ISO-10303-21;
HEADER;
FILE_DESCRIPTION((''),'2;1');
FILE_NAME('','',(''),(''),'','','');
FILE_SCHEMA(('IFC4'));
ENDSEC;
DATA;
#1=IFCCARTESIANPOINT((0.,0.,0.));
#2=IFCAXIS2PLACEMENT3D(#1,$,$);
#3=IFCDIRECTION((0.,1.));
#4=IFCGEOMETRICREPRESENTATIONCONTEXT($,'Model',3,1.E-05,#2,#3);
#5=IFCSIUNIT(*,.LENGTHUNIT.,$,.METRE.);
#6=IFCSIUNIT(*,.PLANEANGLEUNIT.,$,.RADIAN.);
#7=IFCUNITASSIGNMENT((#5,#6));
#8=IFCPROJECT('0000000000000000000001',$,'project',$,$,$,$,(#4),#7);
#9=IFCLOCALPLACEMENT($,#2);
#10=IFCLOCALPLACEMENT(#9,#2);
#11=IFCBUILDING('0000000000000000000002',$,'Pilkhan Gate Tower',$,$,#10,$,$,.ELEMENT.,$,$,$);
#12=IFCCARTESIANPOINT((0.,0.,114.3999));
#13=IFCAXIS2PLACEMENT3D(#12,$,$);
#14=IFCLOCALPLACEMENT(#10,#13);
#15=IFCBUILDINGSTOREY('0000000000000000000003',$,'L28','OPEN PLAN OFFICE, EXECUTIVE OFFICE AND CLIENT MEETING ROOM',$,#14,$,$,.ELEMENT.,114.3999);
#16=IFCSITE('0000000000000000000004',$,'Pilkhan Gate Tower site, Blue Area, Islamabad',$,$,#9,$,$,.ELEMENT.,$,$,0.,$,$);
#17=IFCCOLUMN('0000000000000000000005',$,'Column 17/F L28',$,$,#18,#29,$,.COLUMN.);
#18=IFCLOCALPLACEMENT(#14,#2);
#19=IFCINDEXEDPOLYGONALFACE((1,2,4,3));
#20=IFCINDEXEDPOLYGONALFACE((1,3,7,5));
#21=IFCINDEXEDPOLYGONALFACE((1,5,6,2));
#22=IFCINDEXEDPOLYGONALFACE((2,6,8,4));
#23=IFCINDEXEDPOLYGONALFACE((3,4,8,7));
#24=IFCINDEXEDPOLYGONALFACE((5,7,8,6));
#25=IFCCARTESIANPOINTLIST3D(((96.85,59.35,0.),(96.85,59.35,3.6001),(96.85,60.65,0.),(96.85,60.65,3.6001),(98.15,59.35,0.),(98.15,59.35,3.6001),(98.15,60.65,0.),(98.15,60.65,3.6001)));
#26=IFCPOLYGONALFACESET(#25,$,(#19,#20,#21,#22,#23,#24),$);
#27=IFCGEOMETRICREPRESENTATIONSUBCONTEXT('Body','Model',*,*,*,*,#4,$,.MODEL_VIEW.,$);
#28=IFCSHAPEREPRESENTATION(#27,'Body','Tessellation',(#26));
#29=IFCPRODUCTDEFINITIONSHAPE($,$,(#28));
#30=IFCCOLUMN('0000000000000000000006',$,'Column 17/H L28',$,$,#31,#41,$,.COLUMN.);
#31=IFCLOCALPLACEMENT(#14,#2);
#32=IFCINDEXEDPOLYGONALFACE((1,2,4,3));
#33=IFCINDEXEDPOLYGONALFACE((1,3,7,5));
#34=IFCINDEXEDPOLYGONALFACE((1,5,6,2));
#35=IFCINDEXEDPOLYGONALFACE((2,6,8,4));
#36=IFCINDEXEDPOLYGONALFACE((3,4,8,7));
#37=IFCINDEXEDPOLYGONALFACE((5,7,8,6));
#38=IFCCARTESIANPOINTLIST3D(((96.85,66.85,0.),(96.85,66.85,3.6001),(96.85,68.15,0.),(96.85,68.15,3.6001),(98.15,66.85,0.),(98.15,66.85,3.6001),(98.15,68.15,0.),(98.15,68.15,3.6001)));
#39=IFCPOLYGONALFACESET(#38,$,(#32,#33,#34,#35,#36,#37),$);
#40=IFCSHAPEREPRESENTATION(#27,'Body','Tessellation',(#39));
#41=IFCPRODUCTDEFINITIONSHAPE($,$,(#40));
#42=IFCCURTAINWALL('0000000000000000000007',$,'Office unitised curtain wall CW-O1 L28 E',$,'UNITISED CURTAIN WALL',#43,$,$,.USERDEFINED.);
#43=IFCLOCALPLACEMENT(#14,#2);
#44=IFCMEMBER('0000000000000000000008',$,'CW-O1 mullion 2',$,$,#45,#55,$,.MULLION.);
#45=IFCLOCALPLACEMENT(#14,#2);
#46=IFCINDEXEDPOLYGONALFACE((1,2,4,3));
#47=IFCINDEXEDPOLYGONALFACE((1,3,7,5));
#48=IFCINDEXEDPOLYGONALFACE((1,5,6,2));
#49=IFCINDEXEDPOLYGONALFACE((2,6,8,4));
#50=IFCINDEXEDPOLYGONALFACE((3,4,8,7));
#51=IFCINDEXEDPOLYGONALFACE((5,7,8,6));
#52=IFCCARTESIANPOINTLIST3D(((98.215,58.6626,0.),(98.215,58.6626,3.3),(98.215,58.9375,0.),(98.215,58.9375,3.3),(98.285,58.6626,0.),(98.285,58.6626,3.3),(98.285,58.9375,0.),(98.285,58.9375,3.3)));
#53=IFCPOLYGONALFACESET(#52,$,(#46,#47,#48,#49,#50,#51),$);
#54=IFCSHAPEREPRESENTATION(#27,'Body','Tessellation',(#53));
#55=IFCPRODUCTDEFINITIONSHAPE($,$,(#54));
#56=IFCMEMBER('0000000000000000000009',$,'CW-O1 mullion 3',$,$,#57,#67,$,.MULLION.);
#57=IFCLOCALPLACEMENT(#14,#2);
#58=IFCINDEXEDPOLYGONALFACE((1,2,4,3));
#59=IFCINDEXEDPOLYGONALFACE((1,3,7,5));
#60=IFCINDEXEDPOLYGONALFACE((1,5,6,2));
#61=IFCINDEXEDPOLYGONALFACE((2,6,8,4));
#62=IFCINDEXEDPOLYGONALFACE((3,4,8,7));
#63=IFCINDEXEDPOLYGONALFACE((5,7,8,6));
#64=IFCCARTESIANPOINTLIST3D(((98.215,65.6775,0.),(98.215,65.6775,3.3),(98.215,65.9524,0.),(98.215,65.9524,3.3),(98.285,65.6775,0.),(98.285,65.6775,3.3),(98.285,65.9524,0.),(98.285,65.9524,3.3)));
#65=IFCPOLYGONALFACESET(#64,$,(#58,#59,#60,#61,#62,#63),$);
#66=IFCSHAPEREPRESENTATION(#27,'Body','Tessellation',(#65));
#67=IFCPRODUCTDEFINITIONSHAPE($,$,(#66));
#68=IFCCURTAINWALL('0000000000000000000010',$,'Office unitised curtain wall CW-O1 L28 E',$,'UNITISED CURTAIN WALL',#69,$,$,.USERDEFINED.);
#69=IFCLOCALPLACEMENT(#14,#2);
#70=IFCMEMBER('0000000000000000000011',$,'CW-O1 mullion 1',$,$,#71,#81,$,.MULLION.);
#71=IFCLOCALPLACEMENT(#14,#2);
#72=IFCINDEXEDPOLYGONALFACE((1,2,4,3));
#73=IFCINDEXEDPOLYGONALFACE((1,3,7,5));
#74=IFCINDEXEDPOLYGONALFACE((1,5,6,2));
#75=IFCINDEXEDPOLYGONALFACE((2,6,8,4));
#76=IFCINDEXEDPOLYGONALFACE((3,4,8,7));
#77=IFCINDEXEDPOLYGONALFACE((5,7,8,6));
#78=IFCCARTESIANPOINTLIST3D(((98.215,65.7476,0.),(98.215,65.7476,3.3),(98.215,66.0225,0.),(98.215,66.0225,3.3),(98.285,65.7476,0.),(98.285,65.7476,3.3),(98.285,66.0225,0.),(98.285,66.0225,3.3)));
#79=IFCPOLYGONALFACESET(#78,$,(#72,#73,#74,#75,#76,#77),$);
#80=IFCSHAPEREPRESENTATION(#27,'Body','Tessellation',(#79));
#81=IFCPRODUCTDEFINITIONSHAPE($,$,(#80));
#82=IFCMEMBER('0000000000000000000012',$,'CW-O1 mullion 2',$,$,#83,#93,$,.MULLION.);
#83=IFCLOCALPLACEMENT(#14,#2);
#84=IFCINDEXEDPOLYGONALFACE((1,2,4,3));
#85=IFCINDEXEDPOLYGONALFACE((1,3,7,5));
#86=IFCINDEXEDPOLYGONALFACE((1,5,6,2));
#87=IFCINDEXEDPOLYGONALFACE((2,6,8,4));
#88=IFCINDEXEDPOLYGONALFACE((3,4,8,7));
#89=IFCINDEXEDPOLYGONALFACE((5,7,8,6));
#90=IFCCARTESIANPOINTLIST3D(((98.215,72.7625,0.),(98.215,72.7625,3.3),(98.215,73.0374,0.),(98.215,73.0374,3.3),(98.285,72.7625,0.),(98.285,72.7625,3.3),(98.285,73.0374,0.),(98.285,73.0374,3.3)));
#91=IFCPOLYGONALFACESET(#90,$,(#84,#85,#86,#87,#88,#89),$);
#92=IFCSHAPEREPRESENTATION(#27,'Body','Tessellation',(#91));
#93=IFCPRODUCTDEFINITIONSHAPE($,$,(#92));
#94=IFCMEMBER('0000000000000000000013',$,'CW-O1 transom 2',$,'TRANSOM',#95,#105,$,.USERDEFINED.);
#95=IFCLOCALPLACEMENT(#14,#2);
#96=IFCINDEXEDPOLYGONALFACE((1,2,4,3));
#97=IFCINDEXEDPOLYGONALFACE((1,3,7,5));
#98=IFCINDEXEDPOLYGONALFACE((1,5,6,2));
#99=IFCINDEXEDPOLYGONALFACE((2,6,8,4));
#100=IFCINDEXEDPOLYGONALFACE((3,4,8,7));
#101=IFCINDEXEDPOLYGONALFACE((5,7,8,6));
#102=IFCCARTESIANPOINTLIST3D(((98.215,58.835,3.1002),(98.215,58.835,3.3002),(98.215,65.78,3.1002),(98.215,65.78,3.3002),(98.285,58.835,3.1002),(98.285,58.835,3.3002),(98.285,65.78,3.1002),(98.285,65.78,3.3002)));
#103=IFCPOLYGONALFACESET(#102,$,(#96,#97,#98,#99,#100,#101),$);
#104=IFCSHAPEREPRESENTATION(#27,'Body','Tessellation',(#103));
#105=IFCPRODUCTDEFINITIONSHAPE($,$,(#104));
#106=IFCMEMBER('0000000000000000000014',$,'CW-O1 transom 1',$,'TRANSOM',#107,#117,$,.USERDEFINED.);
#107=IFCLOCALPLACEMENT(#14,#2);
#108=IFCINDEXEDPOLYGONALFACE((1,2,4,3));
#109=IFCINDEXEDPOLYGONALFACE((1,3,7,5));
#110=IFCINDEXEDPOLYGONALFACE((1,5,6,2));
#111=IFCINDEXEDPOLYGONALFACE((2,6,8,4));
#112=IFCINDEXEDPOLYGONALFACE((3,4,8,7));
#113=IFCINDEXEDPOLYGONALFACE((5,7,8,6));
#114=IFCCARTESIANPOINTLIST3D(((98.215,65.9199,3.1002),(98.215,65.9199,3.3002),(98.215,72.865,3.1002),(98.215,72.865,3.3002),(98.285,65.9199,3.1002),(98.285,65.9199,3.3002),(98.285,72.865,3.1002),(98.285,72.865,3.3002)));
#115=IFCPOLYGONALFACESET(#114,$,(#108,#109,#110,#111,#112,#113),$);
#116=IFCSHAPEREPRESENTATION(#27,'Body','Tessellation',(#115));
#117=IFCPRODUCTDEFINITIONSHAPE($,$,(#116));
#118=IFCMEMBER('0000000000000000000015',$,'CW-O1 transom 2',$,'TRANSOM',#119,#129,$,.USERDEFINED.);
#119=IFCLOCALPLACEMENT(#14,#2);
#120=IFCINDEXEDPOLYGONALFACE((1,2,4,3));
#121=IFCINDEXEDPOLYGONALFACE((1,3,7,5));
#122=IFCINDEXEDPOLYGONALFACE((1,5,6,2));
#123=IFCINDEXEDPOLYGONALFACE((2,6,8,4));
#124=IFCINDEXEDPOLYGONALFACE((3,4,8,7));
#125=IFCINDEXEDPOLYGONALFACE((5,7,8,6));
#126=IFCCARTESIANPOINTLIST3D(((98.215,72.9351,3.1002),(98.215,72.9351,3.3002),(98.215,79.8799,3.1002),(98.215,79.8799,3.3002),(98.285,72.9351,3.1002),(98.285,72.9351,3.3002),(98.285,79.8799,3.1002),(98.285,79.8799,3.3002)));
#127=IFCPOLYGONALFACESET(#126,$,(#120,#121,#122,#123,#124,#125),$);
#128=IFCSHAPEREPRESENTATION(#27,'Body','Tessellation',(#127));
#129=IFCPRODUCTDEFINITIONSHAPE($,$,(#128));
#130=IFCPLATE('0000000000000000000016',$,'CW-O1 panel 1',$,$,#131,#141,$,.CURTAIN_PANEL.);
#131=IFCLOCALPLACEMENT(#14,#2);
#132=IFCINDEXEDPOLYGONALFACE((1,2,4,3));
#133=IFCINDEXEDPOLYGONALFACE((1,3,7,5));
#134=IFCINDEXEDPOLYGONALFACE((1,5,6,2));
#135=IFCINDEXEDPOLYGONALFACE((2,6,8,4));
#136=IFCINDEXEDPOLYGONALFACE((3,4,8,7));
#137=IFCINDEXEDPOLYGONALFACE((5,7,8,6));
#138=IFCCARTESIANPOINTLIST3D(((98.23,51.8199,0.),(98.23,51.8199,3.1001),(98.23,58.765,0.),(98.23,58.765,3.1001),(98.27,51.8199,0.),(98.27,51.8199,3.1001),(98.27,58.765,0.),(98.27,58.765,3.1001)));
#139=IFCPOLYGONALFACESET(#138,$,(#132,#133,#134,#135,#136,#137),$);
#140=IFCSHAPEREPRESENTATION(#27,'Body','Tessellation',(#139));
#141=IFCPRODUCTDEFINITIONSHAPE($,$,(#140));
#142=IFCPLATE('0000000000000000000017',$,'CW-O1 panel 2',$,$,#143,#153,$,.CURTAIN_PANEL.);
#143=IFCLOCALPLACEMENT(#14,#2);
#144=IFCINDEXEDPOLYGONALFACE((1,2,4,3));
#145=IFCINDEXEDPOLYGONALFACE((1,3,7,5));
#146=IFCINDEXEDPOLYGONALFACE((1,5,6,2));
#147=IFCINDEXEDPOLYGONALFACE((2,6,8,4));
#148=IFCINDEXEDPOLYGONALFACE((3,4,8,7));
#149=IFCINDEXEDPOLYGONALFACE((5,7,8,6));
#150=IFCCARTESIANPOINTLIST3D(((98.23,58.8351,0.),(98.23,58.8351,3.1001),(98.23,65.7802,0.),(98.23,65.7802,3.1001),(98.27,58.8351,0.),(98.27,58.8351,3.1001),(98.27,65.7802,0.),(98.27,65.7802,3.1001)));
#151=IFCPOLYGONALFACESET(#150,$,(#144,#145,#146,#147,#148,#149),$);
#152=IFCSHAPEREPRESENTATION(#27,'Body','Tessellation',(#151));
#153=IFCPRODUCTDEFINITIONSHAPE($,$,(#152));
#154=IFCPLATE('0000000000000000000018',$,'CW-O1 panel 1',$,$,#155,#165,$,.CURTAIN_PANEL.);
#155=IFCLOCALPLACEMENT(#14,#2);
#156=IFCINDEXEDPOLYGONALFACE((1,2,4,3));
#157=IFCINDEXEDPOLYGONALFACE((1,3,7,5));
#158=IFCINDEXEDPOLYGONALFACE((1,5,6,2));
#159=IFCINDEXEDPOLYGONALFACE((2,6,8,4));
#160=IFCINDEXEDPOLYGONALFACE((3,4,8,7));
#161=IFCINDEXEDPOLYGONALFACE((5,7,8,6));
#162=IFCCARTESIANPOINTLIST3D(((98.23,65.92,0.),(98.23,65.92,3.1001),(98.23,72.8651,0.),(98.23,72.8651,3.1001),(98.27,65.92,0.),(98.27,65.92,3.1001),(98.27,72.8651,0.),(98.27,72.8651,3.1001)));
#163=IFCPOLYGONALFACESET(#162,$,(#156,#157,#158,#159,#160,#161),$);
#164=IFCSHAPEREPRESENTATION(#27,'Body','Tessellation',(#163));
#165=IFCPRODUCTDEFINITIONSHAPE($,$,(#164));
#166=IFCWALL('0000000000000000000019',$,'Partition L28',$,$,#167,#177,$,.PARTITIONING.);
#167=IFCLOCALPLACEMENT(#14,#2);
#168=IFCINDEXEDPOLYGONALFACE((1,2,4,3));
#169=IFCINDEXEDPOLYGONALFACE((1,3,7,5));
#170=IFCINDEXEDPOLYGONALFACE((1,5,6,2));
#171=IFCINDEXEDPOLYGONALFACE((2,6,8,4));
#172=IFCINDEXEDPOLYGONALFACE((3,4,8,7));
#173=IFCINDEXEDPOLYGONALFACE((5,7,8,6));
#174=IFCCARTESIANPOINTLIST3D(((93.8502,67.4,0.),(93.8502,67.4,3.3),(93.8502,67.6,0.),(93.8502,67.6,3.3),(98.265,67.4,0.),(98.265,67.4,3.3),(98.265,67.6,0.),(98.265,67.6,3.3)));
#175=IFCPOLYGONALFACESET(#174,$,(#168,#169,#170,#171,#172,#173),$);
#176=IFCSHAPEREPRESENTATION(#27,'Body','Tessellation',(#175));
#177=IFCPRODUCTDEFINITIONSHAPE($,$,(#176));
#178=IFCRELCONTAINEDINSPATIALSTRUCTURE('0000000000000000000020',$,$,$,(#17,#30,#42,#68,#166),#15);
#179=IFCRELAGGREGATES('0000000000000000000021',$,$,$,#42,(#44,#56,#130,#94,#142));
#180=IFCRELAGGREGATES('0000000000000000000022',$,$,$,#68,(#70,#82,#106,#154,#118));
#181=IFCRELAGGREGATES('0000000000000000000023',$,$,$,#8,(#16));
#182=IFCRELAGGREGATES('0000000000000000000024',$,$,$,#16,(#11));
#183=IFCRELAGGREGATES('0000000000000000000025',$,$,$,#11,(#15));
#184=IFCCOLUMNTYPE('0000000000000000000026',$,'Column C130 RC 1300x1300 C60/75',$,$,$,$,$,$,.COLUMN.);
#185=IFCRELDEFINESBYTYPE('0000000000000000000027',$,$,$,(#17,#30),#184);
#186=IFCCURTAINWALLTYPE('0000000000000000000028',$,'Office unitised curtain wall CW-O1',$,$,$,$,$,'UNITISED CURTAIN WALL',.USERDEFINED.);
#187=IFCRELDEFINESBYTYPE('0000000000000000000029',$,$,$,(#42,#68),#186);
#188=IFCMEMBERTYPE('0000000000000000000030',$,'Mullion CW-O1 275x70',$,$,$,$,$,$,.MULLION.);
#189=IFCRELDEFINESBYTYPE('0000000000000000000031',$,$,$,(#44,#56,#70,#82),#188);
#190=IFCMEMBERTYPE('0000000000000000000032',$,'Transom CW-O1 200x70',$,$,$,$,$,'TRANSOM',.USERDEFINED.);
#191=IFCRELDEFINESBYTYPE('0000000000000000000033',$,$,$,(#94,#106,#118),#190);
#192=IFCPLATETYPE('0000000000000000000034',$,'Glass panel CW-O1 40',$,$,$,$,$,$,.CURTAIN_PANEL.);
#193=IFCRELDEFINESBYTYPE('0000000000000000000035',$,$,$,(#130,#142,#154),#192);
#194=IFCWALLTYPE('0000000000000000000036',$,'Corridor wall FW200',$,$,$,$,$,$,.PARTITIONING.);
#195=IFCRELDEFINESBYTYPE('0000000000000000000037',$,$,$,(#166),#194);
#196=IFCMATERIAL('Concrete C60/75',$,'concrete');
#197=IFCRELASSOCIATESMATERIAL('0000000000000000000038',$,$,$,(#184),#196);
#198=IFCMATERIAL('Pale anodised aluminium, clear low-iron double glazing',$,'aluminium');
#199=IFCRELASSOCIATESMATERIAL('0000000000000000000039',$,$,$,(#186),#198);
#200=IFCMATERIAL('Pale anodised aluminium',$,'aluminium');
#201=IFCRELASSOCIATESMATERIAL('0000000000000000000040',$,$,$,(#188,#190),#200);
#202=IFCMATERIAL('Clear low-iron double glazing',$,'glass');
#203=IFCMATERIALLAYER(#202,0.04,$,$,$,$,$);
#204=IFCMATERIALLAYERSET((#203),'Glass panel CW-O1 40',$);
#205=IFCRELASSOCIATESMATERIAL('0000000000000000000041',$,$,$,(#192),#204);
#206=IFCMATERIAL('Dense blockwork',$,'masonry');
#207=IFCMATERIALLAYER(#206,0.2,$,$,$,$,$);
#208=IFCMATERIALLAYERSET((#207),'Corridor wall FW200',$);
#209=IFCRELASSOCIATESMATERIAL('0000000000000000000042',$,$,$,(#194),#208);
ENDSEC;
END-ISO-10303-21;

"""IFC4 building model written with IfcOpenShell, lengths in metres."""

from ifc_helpers import new_model, si_unit, direction, frame, frame_2d, origin, origin_2d, place, context, subcontext, project, spatial, rectangle, extrude, material, layer, layer_set, material_profile, profile_set, type_object, element, aggregate, save


model = new_model("IFC4")

# Units and contexts
model_context = context("Model", 3, precision=1e-05, world=origin(), true_north=direction((0.0, 1.0)))
body_context = subcontext(model_context, "Body", "Model", "MODEL_VIEW")
ifc_project = project(units=[si_unit("LENGTHUNIT", "METRE"), si_unit("PLANEANGLEUNIT", "RADIAN")], contexts=[model_context])

# Site, building, storey
site_placement = place(None, origin())
site = spatial("IfcSite", under=ifc_project, at=site_placement, Name="Pilkhan Gate Tower site, Blue Area, Islamabad", CompositionType="ELEMENT", RefElevation=0.0)
building_placement = place(site_placement, origin())
building = spatial("IfcBuilding", under=site, at=building_placement, Name="Pilkhan Gate Tower", CompositionType="ELEMENT")
storey_placement = place(building_placement, frame((0.0, 0.0, 114.3999)))
storey = spatial("IfcBuildingStorey", under=building, at=storey_placement, Name="L28", Description="OPEN PLAN OFFICE, EXECUTIVE OFFICE AND CLIENT MEETING ROOM", CompositionType="ELEMENT", Elevation=114.3999)

# Columns
ifc_material_1 = material(Name="Concrete C60/75", Category="concrete")
ifc_material_profile_1 = material_profile(ifc_material_1, rectangle(XDim=1.3, YDim=1.3, at=origin_2d()), Name="RC 1300x1300")
ifc_profile_set_1 = profile_set([ifc_material_profile_1], Name="Concrete C60/75")
column_type = type_object("IfcColumnType", Name="Column C130 RC 1300x1300 C60/75", PredefinedType="COLUMN", material=ifc_profile_set_1)
for number, where, z_axis, x_axis, name in (
    (1, (97.5, 60.0, 0.0), (0.0, 0.0, 1.0), (1.0, 0.0, 0.0), "Column 17/F L28"),
    (2, (97.5, 67.5, 0.0), (0.0, 0.0, 1.0), (1.0, 0.0, 0.0), "Column 17/H L28"),
):
    element("IfcColumn", number, at=place(storey_placement, frame(where, z_axis=z_axis, x_axis=x_axis)), inside=storey, type_object=column_type, Name=name, PredefinedType="COLUMN", context=body_context, shape_type="SweptSolid", body=[
        extrude(rectangle(XDim=1.3, YDim=1.3, at=origin_2d()), origin(), (0.0, 0.0, 1.0), 3.6001),
    ])

# Curtain walls, members
ifc_material_2 = material(Name="Pale anodised aluminium, clear low-iron double glazing", Category="aluminium")
curtain_wall_type = type_object("IfcCurtainWallType", Name="Office unitised curtain wall CW-O1", ElementType="UNITISED CURTAIN WALL", PredefinedType="USERDEFINED", material=ifc_material_2)
curtain_wall_1_placement = place(storey_placement, origin())
curtain_wall_1 = element("IfcCurtainWall", 3, at=curtain_wall_1_placement, inside=storey, type_object=curtain_wall_type, Name="Office unitised curtain wall CW-O1 L28 E", ObjectType="UNITISED CURTAIN WALL", PredefinedType="USERDEFINED")
ifc_material_3 = material(Name="Pale anodised aluminium", Category="aluminium")
ifc_material_profile_2 = material_profile(ifc_material_3, rectangle(XDim=0.0701, YDim=0.2749, at=origin_2d()), Name="Mullion 275x70")
ifc_profile_set_2 = profile_set([ifc_material_profile_2], Name="Pale anodised aluminium")
member_type_1 = type_object("IfcMemberType", Name="Mullion CW-O1 275x70", PredefinedType="MULLION", material=ifc_profile_set_2)
member_1_placement = place(storey_placement, frame((98.25, 58.8, 0.0), z_axis=(0.0, 0.0, 1.0), x_axis=(-1.0, 0.0, 0.0)))
member_1 = element("IfcMember", 4, at=member_1_placement, type_object=member_type_1, Name="CW-O1 mullion 2", PredefinedType="MULLION", context=body_context, shape_type="SweptSolid", body=[
    extrude(rectangle(XDim=0.0701, YDim=0.2749, at=origin_2d()), origin(), (0.0, 0.0, 1.0), 3.3),
])
member_2_placement = place(storey_placement, frame((98.25, 65.8149, 0.0), z_axis=(0.0, 0.0, 1.0), x_axis=(-1.0, 0.0, 0.0)))
member_2 = element("IfcMember", 5, at=member_2_placement, type_object=member_type_1, Name="CW-O1 mullion 3", PredefinedType="MULLION", context=body_context, shape_type="SweptSolid", body=[
    extrude(rectangle(XDim=0.0701, YDim=0.2749, at=origin_2d()), origin(), (0.0, 0.0, 1.0), 3.3),
])
curtain_wall_2_placement = place(storey_placement, origin())
curtain_wall_2 = element("IfcCurtainWall", 6, at=curtain_wall_2_placement, inside=storey, type_object=curtain_wall_type, Name="Office unitised curtain wall CW-O1 L28 E", ObjectType="UNITISED CURTAIN WALL", PredefinedType="USERDEFINED")
member_3_placement = place(storey_placement, frame((98.25, 65.885, 0.0), z_axis=(0.0, 0.0, 1.0), x_axis=(-1.0, 0.0, 0.0)))
member_3 = element("IfcMember", 7, at=member_3_placement, type_object=member_type_1, Name="CW-O1 mullion 1", PredefinedType="MULLION", context=body_context, shape_type="SweptSolid", body=[
    extrude(rectangle(XDim=0.0701, YDim=0.2749, at=origin_2d()), origin(), (0.0, 0.0, 1.0), 3.3),
])
member_4_placement = place(storey_placement, frame((98.25, 72.8999, 0.0), z_axis=(0.0, 0.0, 1.0), x_axis=(-1.0, 0.0, 0.0)))
member_4 = element("IfcMember", 8, at=member_4_placement, type_object=member_type_1, Name="CW-O1 mullion 2", PredefinedType="MULLION", context=body_context, shape_type="SweptSolid", body=[
    extrude(rectangle(XDim=0.0701, YDim=0.2749, at=origin_2d()), origin(), (0.0, 0.0, 1.0), 3.3),
])

# Members
ifc_material_profile_3 = material_profile(ifc_material_3, rectangle(XDim=0.0701, YDim=0.2, at=origin_2d()), Name="Transom 200x70")
ifc_profile_set_3 = profile_set([ifc_material_profile_3], Name="Pale anodised aluminium")
member_type_2 = type_object("IfcMemberType", Name="Transom CW-O1 200x70", ElementType="TRANSOM", PredefinedType="USERDEFINED", material=ifc_profile_set_3)
member_5_placement = place(storey_placement, frame((98.25, 58.835, 3.2002), z_axis=(0.0, 1.0, 0.0), x_axis=(-1.0, 0.0, 0.0)))
member_5 = element("IfcMember", 9, at=member_5_placement, type_object=member_type_2, Name="CW-O1 transom 2", ObjectType="TRANSOM", PredefinedType="USERDEFINED", context=body_context, shape_type="SweptSolid", body=[
    extrude(rectangle(XDim=0.0701, YDim=0.2, at=origin_2d()), origin(), (0.0, 0.0, 1.0), 6.9451),
])
member_6_placement = place(storey_placement, frame((98.25, 65.9199, 3.2002), z_axis=(0.0, 1.0, 0.0), x_axis=(-1.0, 0.0, 0.0)))
member_6 = element("IfcMember", 10, at=member_6_placement, type_object=member_type_2, Name="CW-O1 transom 1", ObjectType="TRANSOM", PredefinedType="USERDEFINED", context=body_context, shape_type="SweptSolid", body=[
    extrude(rectangle(XDim=0.0701, YDim=0.2, at=origin_2d()), origin(), (0.0, 0.0, 1.0), 6.9451),
])
member_7_placement = place(storey_placement, frame((98.25, 72.9351, 3.2002), z_axis=(0.0, 1.0, 0.0), x_axis=(-1.0, 0.0, 0.0)))
member_7 = element("IfcMember", 11, at=member_7_placement, type_object=member_type_2, Name="CW-O1 transom 2", ObjectType="TRANSOM", PredefinedType="USERDEFINED", context=body_context, shape_type="SweptSolid", body=[
    extrude(rectangle(XDim=0.0701, YDim=0.2, at=origin_2d()), origin(), (0.0, 0.0, 1.0), 6.9448),
])

# Plates
ifc_material_4 = material(Name="Clear low-iron double glazing", Category="glass")
ifc_layer_1 = layer(ifc_material_4, 0.04)
ifc_layer_set_1 = layer_set([ifc_layer_1], Name="Glass panel CW-O1 40")
plate_type = type_object("IfcPlateType", Name="Glass panel CW-O1 40", PredefinedType="CURTAIN_PANEL", material=ifc_layer_set_1)
plate_1_placement = place(storey_placement, frame((98.25, 55.2925, 0.0), z_axis=(0.0, 0.0, 1.0), x_axis=(0.0, 1.0, 0.0)))
plate_1 = element("IfcPlate", 12, at=plate_1_placement, type_object=plate_type, Name="CW-O1 panel 1", PredefinedType="CURTAIN_PANEL", context=body_context, shape_type="SweptSolid", body=[
    extrude(rectangle(XDim=6.9451, YDim=0.04, at=origin_2d()), origin(), (0.0, 0.0, 1.0), 3.1001),
])
plate_2_placement = place(storey_placement, frame((98.25, 62.3076, 0.0), z_axis=(0.0, 0.0, 1.0), x_axis=(0.0, 1.0, 0.0)))
plate_2 = element("IfcPlate", 13, at=plate_2_placement, type_object=plate_type, Name="CW-O1 panel 2", PredefinedType="CURTAIN_PANEL", context=body_context, shape_type="SweptSolid", body=[
    extrude(rectangle(XDim=6.9451, YDim=0.04, at=origin_2d()), origin(), (0.0, 0.0, 1.0), 3.1001),
])
aggregate(curtain_wall_1, [member_1, member_2, plate_1, member_5, plate_2])
plate_3_placement = place(storey_placement, frame((98.25, 69.3926, 0.0), z_axis=(0.0, 0.0, 1.0), x_axis=(0.0, 1.0, 0.0)))
plate_3 = element("IfcPlate", 14, at=plate_3_placement, type_object=plate_type, Name="CW-O1 panel 1", PredefinedType="CURTAIN_PANEL", context=body_context, shape_type="SweptSolid", body=[
    extrude(rectangle(XDim=6.9451, YDim=0.04, at=origin_2d()), origin(), (0.0, 0.0, 1.0), 3.1001),
])
aggregate(curtain_wall_2, [member_3, member_4, member_6, plate_3, member_7])

# Wall
ifc_material_5 = material(Name="Dense blockwork", Category="masonry")
ifc_layer_2 = layer(ifc_material_5, 0.2)
ifc_layer_set_2 = layer_set([ifc_layer_2], Name="Corridor wall FW200")
wall_type_1 = type_object("IfcWallType", Name="Corridor wall FW200", PredefinedType="PARTITIONING", material=ifc_layer_set_2)
wall_1_placement = place(storey_placement, frame((93.8501, 67.5, 0.0), z_axis=(0.0, 0.0, 1.0), x_axis=(1.0, 0.0, 0.0)))
element("IfcWall", 15, at=wall_1_placement, inside=storey, type_object=wall_type_1, Name="Partition L28", PredefinedType="PARTITIONING", context=body_context, shape_type="SweptSolid", body=[
    extrude(rectangle(XDim=4.4148, YDim=0.2, at=frame_2d((2.2075, 0.0))), origin(), (0.0, 0.0, 1.0), 3.3),
])

save(model, "model.ifc")
